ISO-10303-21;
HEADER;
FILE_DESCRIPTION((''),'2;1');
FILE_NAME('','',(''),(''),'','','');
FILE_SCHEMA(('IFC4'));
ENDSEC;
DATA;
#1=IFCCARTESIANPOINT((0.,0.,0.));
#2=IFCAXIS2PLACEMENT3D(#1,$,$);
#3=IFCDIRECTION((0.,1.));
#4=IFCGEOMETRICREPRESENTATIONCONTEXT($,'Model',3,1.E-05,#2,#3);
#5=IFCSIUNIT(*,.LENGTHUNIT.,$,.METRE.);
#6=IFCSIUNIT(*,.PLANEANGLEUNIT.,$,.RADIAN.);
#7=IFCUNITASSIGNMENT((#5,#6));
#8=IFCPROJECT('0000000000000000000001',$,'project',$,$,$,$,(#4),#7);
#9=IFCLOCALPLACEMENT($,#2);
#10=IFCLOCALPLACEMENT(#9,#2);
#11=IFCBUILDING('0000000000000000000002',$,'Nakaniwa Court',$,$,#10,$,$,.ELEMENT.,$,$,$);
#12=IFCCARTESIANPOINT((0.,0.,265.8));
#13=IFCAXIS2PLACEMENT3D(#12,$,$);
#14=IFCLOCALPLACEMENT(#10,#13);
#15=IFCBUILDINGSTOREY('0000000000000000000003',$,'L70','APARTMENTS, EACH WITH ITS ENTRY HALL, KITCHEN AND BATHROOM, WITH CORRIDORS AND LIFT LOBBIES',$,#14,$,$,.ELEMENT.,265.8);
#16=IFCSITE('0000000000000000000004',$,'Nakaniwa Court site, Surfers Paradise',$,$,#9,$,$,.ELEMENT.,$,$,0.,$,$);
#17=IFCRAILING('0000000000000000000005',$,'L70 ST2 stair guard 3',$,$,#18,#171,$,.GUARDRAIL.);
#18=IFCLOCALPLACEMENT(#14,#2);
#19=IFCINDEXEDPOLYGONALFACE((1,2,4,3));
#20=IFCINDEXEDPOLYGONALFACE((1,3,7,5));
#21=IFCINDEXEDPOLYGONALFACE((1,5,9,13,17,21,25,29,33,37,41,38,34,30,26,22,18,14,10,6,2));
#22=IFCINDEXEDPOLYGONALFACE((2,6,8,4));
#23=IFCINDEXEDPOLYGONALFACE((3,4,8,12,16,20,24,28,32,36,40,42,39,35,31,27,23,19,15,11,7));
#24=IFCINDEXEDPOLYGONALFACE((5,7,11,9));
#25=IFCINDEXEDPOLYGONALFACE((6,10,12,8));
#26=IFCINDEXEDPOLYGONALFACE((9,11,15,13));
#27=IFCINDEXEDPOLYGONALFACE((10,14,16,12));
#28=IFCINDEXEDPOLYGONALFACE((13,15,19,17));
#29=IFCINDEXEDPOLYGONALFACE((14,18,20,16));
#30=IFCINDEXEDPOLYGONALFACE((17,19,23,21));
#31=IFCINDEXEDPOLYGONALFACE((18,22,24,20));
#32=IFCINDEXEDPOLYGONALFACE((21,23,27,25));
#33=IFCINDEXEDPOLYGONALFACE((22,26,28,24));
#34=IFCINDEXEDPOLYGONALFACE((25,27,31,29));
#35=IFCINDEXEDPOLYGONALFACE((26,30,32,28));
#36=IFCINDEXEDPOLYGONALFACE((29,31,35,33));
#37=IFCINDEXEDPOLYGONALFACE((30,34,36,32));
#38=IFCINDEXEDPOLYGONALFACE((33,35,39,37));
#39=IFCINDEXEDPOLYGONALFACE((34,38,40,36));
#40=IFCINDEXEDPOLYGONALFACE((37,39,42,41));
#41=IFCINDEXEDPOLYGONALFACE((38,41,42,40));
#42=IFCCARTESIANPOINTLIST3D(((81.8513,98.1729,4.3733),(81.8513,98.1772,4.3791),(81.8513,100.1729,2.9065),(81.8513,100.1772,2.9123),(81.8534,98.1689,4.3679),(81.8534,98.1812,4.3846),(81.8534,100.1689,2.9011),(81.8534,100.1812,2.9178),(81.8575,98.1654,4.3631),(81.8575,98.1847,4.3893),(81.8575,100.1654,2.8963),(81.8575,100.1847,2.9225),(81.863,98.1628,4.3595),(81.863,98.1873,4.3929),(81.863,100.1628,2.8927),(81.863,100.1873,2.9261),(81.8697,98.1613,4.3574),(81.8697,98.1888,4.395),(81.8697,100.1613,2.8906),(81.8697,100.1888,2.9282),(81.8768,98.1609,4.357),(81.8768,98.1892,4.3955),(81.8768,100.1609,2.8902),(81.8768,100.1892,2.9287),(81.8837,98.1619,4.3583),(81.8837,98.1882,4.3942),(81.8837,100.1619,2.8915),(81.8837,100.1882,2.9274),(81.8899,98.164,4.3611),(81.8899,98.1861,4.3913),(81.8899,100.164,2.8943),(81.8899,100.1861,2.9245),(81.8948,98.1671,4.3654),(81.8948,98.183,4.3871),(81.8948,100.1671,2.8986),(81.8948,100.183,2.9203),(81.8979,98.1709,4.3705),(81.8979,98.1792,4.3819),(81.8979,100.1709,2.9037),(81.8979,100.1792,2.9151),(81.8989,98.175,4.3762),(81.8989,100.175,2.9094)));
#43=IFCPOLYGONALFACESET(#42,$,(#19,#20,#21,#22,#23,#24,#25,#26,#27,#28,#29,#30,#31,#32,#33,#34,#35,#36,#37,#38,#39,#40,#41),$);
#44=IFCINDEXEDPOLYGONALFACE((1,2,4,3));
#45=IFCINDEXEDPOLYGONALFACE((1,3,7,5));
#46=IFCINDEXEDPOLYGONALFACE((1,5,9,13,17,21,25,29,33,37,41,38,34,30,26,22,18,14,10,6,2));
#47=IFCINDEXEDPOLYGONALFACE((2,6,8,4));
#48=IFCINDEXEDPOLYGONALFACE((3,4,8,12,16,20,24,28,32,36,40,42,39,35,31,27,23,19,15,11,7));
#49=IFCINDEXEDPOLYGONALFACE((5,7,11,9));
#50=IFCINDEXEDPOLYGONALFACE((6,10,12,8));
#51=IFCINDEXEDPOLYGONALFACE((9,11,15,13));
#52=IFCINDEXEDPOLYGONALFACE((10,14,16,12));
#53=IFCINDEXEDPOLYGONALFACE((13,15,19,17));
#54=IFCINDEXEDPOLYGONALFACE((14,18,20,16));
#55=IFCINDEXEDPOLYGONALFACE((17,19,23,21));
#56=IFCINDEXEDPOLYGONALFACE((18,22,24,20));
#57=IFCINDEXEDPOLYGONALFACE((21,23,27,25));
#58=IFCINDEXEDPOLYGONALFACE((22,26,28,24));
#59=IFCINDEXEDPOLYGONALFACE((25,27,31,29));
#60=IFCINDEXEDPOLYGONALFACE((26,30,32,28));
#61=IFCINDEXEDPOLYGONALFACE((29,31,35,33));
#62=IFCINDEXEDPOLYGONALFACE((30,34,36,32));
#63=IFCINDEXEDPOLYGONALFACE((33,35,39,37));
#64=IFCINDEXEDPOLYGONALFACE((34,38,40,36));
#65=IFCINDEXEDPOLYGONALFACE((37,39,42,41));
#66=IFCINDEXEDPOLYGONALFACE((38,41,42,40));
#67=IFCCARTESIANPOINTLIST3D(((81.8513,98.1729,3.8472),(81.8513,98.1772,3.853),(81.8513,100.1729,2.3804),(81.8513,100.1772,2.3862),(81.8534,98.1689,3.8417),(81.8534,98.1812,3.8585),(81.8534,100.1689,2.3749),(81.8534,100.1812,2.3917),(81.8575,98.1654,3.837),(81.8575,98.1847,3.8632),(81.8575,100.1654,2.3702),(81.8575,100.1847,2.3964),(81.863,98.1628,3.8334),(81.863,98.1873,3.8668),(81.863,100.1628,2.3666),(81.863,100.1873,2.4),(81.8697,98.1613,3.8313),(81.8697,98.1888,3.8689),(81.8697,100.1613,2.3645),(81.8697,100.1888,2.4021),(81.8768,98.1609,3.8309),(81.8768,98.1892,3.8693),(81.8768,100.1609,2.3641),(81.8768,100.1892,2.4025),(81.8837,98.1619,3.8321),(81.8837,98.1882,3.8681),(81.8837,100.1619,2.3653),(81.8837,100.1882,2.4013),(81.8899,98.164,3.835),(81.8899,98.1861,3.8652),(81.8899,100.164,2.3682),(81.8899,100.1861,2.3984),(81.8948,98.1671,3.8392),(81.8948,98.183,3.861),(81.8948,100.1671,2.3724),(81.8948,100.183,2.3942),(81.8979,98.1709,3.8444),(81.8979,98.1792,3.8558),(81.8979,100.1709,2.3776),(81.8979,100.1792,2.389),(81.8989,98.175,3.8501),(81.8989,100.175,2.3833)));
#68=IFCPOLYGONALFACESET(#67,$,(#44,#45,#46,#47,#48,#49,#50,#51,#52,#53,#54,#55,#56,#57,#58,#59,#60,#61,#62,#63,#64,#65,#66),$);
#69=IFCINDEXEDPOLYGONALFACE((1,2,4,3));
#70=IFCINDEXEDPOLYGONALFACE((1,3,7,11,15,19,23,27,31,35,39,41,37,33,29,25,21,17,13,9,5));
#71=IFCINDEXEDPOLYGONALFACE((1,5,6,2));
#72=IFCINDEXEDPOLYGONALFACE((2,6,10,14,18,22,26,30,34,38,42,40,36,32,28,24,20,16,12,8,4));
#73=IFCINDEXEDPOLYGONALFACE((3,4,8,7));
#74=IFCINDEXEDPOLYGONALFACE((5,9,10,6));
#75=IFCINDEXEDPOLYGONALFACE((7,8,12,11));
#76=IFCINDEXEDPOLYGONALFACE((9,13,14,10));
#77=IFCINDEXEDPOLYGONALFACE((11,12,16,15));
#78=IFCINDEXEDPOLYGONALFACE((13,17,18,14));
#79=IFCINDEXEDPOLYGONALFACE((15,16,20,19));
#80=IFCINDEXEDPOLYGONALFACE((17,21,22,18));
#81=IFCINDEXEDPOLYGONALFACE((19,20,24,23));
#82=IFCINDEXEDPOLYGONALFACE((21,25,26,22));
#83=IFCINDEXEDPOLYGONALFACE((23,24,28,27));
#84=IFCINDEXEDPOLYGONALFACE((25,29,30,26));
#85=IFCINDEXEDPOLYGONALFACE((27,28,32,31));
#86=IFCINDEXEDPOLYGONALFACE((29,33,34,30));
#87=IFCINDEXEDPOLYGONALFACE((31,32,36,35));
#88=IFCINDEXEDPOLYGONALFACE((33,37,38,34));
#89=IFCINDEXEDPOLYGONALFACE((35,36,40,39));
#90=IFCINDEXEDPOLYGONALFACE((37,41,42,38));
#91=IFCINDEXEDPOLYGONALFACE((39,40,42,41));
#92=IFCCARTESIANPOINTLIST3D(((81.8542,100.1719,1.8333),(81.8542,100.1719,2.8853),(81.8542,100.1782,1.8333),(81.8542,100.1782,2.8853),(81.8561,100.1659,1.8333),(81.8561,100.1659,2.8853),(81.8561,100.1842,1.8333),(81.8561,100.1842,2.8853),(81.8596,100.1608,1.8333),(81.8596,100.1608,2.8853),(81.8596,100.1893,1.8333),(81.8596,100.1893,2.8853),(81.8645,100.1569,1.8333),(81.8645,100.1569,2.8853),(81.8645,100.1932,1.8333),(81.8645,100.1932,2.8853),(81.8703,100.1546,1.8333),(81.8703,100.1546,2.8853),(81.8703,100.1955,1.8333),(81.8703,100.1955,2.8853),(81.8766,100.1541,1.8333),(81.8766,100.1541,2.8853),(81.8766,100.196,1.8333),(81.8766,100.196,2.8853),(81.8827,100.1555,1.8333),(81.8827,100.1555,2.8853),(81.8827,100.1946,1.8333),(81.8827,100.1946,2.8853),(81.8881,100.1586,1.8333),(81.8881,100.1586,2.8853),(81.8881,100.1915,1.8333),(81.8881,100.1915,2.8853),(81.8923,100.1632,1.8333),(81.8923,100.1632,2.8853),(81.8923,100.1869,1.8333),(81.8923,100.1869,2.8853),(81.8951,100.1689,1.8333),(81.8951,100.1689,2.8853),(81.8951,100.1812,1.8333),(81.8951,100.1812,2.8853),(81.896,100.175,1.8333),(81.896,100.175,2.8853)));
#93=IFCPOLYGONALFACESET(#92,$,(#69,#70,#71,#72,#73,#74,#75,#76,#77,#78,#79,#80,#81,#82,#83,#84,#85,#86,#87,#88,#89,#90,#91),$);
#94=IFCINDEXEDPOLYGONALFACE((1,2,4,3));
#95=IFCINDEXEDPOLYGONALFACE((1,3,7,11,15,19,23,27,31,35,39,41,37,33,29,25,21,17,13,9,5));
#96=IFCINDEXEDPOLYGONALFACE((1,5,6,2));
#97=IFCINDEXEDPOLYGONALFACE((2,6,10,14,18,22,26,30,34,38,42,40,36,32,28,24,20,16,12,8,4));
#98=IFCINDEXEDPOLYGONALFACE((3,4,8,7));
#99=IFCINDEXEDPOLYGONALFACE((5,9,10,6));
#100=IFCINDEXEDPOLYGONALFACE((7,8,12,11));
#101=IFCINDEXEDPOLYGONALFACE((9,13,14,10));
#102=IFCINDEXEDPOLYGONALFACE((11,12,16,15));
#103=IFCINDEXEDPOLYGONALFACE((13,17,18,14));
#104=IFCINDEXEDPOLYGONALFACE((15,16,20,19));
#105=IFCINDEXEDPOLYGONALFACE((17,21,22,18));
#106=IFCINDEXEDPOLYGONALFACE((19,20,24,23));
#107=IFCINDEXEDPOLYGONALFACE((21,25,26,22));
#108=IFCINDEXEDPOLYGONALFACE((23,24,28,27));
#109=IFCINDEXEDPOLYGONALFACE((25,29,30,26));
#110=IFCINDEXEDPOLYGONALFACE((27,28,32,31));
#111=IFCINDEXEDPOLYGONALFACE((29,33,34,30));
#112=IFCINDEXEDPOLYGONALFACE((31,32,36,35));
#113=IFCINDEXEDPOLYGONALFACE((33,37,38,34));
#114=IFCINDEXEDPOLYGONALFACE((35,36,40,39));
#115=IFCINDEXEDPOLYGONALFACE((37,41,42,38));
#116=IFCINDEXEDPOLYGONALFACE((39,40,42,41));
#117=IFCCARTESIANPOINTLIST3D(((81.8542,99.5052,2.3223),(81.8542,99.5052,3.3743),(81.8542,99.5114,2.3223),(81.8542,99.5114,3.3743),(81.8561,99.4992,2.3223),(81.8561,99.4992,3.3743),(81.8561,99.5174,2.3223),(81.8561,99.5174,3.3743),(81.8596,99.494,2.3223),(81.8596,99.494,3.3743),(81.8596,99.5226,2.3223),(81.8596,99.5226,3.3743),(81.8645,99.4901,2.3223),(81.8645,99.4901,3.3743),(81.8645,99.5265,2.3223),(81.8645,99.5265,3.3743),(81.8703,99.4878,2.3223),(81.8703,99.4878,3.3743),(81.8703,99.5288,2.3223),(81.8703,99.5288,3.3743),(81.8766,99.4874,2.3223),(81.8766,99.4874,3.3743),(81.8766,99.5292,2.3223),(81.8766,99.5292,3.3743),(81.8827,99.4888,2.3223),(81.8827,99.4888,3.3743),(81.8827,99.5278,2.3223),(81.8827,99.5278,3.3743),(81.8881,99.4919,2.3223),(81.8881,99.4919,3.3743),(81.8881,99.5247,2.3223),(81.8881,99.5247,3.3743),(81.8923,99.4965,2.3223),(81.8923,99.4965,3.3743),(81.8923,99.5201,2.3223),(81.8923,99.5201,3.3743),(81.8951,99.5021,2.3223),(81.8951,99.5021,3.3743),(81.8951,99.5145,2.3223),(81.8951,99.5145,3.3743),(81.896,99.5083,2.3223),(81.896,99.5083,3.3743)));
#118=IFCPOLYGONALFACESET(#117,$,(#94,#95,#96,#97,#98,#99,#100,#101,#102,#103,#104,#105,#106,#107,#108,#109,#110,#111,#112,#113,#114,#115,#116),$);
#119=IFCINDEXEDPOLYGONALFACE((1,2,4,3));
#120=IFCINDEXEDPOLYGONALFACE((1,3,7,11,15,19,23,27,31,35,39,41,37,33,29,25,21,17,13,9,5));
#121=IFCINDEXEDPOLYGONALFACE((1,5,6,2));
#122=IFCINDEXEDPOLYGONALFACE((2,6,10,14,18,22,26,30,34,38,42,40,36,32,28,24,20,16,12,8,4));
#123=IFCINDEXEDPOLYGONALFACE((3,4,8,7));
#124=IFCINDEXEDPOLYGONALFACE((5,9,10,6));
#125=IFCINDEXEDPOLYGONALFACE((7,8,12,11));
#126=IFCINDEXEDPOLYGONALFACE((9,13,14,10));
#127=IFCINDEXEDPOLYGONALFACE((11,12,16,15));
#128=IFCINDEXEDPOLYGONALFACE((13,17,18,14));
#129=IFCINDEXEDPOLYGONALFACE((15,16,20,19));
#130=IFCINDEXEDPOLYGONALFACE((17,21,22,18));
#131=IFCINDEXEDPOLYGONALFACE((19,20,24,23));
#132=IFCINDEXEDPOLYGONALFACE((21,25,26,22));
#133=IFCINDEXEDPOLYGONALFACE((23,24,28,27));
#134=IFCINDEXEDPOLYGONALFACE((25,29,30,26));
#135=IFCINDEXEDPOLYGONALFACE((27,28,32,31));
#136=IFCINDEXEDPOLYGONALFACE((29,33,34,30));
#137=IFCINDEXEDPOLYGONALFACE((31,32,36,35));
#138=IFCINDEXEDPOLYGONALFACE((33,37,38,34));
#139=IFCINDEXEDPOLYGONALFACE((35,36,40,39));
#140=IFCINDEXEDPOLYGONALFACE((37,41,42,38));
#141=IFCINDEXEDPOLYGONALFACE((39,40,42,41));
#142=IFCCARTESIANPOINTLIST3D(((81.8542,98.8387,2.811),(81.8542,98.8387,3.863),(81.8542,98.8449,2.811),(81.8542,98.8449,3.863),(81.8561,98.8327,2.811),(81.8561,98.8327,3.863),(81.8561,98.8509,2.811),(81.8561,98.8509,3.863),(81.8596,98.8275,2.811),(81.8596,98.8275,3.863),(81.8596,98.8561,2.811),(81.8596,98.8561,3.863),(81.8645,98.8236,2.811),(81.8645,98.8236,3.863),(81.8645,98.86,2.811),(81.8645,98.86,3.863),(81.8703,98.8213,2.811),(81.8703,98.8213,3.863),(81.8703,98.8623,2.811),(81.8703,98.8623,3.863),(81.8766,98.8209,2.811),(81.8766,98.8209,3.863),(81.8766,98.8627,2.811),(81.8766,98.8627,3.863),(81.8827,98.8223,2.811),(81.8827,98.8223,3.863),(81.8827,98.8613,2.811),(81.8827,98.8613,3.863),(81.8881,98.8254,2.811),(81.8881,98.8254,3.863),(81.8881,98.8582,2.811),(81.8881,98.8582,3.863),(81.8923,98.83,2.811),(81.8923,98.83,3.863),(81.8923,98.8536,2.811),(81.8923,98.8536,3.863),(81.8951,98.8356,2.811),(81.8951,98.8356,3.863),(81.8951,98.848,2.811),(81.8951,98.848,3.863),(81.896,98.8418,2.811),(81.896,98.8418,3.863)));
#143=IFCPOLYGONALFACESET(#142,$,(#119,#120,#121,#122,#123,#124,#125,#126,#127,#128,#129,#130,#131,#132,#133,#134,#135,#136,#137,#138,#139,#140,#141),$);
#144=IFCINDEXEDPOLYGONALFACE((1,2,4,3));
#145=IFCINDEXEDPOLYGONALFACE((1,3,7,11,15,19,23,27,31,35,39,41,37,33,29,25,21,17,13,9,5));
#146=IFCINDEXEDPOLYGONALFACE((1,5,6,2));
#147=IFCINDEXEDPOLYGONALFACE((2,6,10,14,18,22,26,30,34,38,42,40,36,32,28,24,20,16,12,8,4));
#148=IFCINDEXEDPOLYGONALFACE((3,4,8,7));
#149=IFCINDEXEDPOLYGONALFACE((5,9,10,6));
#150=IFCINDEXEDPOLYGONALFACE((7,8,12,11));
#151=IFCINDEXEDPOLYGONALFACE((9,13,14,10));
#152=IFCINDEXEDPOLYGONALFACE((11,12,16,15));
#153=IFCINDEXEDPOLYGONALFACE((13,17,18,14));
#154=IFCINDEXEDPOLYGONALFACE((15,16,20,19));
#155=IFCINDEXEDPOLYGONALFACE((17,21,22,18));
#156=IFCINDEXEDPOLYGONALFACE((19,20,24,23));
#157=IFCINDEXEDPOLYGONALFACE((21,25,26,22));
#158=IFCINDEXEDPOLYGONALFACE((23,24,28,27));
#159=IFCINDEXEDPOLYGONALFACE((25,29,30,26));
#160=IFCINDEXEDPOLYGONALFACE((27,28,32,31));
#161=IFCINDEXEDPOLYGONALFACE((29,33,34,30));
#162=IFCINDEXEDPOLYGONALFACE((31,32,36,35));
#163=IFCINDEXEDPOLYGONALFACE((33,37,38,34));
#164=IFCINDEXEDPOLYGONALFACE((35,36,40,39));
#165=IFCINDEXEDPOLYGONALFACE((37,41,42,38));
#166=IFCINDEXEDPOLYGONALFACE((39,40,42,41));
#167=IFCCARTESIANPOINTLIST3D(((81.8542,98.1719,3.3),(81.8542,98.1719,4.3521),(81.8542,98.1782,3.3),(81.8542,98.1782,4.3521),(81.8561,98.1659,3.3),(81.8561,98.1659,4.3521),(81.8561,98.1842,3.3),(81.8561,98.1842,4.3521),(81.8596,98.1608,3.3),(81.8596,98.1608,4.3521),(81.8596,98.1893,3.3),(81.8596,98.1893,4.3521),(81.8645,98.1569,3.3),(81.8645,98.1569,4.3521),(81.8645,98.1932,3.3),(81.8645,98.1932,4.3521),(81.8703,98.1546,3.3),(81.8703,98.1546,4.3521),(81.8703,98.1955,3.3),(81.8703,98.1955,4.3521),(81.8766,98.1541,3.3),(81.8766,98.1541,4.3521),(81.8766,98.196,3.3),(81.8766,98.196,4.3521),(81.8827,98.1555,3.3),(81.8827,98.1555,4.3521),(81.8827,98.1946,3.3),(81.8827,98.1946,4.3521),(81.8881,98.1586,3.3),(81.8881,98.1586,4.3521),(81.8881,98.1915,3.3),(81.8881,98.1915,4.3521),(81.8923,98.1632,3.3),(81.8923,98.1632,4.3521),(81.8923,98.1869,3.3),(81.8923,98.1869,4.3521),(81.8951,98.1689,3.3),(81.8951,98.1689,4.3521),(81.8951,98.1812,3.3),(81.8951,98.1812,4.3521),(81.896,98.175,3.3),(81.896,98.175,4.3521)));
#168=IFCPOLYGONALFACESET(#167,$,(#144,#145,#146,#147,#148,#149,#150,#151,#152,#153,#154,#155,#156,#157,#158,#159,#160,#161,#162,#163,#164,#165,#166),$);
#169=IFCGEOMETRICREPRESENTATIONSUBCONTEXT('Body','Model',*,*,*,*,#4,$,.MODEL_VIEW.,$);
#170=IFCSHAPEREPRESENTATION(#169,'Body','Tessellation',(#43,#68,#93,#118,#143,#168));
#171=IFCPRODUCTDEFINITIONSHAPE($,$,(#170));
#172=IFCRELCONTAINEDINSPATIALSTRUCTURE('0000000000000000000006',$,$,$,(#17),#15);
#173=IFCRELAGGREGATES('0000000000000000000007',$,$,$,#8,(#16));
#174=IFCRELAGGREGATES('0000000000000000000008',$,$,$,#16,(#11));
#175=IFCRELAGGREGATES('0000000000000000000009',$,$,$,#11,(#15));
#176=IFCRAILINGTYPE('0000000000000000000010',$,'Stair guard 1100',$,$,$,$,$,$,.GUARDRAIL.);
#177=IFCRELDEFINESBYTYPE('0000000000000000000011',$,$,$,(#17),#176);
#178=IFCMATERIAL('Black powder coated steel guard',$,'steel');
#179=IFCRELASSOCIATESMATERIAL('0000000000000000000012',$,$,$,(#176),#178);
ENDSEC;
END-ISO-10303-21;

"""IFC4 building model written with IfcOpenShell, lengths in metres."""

from ifc_helpers import new_model, si_unit, direction, frame, origin, origin_2d, place, context, subcontext, project, spatial, circle, extrude, material, type_object, element, save


model = new_model("IFC4")

# Units and contexts
model_context = context("Model", 3, precision=1e-05, world=origin(), true_north=direction((0.0, 1.0)))
body_context = subcontext(model_context, "Body", "Model", "MODEL_VIEW")
ifc_project = project(units=[si_unit("LENGTHUNIT", "METRE"), si_unit("PLANEANGLEUNIT", "RADIAN")], contexts=[model_context])

# Site, building, storey
site_placement = place(None, origin())
site = spatial("IfcSite", under=ifc_project, at=site_placement, Name="Nakaniwa Court site, Surfers Paradise", CompositionType="ELEMENT", RefElevation=0.0)
building_placement = place(site_placement, origin())
building = spatial("IfcBuilding", under=site, at=building_placement, Name="Nakaniwa Court", CompositionType="ELEMENT")
storey_placement = place(building_placement, frame((0.0, 0.0, 265.8)))
storey = spatial("IfcBuildingStorey", under=building, at=storey_placement, Name="L70", Description="APARTMENTS, EACH WITH ITS ENTRY HALL, KITCHEN AND BATHROOM, WITH CORRIDORS AND LIFT LOBBIES", CompositionType="ELEMENT", Elevation=265.8)

# Railing
ifc_material_1 = material(Name="Black powder coated steel guard", Category="steel")
railing_type_1 = type_object("IfcRailingType", Name="Stair guard 1100", PredefinedType="GUARDRAIL", material=ifc_material_1)
railing_1_placement = place(storey_placement, frame((81.875, 100.175, 1.8333)))
element("IfcRailing", 1, at=railing_1_placement, inside=storey, type_object=railing_type_1, Name="L70 ST2 stair guard 3", PredefinedType="GUARDRAIL", context=body_context, shape_type="SweptSolid", body=[
    extrude(circle(Radius=0.0239, at=origin_2d()), frame((0.0, 0.0, 1.0762), z_axis=(0.0, -0.80638, 0.591398), x_axis=(1.0, 0.0, 0.0)), (0.0, 0.0, 1.0), 2.4802),
    extrude(circle(Radius=0.0239, at=origin_2d()), frame((0.0, 0.0, 0.55), z_axis=(0.0, -0.80638, 0.591398), x_axis=(1.0, 0.0, 0.0)), (0.0, 0.0, 1.0), 2.4802),
    extrude(circle(Radius=0.021, at=origin_2d()), origin(), (0.0, 0.0, 1.0), 1.052),
    extrude(circle(Radius=0.021, at=origin_2d()), frame((0.0, -0.6667, 0.489)), (0.0, 0.0, 1.0), 1.052),
    extrude(circle(Radius=0.021, at=origin_2d()), frame((0.0, -1.3333, 0.9778)), (0.0, 0.0, 1.0), 1.052),
    extrude(circle(Radius=0.021, at=origin_2d()), frame((0.0, -2.0, 1.4668)), (0.0, 0.0, 1.0), 1.052),
])

save(model, "model.ifc")
